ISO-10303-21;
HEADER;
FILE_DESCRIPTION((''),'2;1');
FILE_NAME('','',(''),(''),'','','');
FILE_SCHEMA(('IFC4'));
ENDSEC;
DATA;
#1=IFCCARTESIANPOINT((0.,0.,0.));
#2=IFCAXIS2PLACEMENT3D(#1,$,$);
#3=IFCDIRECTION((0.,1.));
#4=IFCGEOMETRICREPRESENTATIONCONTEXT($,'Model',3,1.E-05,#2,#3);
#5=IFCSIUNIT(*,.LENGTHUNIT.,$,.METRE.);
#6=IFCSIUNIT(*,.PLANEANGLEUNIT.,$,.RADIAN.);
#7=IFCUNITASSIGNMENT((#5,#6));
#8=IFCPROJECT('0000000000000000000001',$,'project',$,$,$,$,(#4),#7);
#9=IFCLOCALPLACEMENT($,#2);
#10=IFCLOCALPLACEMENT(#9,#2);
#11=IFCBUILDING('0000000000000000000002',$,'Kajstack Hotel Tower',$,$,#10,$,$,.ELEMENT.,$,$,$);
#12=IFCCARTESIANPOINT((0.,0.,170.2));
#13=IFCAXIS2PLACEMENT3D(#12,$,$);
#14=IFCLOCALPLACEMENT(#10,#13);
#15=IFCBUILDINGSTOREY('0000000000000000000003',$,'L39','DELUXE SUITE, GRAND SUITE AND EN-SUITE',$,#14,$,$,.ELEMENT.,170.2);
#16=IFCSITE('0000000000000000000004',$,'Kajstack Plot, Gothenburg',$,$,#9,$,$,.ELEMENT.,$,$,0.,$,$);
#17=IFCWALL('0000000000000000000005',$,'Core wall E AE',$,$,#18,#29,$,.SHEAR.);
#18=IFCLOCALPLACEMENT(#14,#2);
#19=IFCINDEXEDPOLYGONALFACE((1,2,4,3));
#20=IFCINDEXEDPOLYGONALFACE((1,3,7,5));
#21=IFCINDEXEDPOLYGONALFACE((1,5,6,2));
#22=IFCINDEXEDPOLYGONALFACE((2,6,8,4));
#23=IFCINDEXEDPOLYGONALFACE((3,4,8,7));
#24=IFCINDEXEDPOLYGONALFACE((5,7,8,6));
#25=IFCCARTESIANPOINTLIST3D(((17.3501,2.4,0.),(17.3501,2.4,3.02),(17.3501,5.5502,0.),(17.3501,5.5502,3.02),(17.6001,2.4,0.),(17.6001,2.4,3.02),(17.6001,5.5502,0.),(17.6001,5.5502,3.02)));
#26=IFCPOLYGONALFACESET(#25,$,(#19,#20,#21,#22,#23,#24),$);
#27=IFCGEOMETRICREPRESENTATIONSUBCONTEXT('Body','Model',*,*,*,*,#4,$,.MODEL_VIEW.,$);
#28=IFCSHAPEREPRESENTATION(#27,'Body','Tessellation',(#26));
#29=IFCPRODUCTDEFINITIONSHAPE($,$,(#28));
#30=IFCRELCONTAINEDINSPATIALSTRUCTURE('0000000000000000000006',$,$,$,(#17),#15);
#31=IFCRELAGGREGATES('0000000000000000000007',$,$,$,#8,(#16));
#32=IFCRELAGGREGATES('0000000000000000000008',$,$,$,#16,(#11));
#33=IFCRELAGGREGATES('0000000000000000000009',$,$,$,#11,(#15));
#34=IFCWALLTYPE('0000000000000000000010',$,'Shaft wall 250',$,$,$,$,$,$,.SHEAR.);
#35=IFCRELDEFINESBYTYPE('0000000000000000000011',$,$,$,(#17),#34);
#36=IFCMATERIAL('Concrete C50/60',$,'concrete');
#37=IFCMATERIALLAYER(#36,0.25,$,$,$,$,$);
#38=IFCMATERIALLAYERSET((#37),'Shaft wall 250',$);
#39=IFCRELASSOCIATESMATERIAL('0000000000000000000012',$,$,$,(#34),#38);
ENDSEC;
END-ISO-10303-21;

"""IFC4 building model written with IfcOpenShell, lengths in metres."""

from ifc_helpers import new_model, si_unit, direction, frame, frame_2d, origin, place, context, subcontext, project, spatial, rectangle, extrude, material, layer, layer_set, type_object, element, save


model = new_model("IFC4")

# Units and contexts
model_context = context("Model", 3, precision=1e-05, world=origin(), true_north=direction((0.0, 1.0)))
body_context = subcontext(model_context, "Body", "Model", "MODEL_VIEW")
ifc_project = project(units=[si_unit("LENGTHUNIT", "METRE"), si_unit("PLANEANGLEUNIT", "RADIAN")], contexts=[model_context])

# Site, building, storey
site_placement = place(None, origin())
site = spatial("IfcSite", under=ifc_project, at=site_placement, Name="Kajstack Plot, Gothenburg", CompositionType="ELEMENT", RefElevation=0.0)
building_placement = place(site_placement, origin())
building = spatial("IfcBuilding", under=site, at=building_placement, Name="Kajstack Hotel Tower", CompositionType="ELEMENT")
storey_placement = place(building_placement, frame((0.0, 0.0, 170.2)))
storey = spatial("IfcBuildingStorey", under=building, at=storey_placement, Name="L39", Description="DELUXE SUITE, GRAND SUITE AND EN-SUITE", CompositionType="ELEMENT", Elevation=170.2)

# Wall
ifc_material_1 = material(Name="Concrete C50/60", Category="concrete")
ifc_layer_1 = layer(ifc_material_1, 0.25)
ifc_layer_set_1 = layer_set([ifc_layer_1], Name="Shaft wall 250")
wall_type_1 = type_object("IfcWallType", Name="Shaft wall 250", PredefinedType="SHEAR", material=ifc_layer_set_1)
wall_1_placement = place(storey_placement, frame((17.4751, 2.3999, 0.0), z_axis=(0.0, 0.0, 1.0), x_axis=(0.0, 1.0, 0.0)))
element("IfcWall", 1, at=wall_1_placement, inside=storey, type_object=wall_type_1, Name="Core wall E AE", PredefinedType="SHEAR", context=body_context, shape_type="SweptSolid", body=[
    extrude(rectangle(XDim=3.1501, YDim=0.25, at=frame_2d((1.5752, 0.0))), origin(), (0.0, 0.0, 1.0), 3.02),
])

save(model, "model.ifc")
